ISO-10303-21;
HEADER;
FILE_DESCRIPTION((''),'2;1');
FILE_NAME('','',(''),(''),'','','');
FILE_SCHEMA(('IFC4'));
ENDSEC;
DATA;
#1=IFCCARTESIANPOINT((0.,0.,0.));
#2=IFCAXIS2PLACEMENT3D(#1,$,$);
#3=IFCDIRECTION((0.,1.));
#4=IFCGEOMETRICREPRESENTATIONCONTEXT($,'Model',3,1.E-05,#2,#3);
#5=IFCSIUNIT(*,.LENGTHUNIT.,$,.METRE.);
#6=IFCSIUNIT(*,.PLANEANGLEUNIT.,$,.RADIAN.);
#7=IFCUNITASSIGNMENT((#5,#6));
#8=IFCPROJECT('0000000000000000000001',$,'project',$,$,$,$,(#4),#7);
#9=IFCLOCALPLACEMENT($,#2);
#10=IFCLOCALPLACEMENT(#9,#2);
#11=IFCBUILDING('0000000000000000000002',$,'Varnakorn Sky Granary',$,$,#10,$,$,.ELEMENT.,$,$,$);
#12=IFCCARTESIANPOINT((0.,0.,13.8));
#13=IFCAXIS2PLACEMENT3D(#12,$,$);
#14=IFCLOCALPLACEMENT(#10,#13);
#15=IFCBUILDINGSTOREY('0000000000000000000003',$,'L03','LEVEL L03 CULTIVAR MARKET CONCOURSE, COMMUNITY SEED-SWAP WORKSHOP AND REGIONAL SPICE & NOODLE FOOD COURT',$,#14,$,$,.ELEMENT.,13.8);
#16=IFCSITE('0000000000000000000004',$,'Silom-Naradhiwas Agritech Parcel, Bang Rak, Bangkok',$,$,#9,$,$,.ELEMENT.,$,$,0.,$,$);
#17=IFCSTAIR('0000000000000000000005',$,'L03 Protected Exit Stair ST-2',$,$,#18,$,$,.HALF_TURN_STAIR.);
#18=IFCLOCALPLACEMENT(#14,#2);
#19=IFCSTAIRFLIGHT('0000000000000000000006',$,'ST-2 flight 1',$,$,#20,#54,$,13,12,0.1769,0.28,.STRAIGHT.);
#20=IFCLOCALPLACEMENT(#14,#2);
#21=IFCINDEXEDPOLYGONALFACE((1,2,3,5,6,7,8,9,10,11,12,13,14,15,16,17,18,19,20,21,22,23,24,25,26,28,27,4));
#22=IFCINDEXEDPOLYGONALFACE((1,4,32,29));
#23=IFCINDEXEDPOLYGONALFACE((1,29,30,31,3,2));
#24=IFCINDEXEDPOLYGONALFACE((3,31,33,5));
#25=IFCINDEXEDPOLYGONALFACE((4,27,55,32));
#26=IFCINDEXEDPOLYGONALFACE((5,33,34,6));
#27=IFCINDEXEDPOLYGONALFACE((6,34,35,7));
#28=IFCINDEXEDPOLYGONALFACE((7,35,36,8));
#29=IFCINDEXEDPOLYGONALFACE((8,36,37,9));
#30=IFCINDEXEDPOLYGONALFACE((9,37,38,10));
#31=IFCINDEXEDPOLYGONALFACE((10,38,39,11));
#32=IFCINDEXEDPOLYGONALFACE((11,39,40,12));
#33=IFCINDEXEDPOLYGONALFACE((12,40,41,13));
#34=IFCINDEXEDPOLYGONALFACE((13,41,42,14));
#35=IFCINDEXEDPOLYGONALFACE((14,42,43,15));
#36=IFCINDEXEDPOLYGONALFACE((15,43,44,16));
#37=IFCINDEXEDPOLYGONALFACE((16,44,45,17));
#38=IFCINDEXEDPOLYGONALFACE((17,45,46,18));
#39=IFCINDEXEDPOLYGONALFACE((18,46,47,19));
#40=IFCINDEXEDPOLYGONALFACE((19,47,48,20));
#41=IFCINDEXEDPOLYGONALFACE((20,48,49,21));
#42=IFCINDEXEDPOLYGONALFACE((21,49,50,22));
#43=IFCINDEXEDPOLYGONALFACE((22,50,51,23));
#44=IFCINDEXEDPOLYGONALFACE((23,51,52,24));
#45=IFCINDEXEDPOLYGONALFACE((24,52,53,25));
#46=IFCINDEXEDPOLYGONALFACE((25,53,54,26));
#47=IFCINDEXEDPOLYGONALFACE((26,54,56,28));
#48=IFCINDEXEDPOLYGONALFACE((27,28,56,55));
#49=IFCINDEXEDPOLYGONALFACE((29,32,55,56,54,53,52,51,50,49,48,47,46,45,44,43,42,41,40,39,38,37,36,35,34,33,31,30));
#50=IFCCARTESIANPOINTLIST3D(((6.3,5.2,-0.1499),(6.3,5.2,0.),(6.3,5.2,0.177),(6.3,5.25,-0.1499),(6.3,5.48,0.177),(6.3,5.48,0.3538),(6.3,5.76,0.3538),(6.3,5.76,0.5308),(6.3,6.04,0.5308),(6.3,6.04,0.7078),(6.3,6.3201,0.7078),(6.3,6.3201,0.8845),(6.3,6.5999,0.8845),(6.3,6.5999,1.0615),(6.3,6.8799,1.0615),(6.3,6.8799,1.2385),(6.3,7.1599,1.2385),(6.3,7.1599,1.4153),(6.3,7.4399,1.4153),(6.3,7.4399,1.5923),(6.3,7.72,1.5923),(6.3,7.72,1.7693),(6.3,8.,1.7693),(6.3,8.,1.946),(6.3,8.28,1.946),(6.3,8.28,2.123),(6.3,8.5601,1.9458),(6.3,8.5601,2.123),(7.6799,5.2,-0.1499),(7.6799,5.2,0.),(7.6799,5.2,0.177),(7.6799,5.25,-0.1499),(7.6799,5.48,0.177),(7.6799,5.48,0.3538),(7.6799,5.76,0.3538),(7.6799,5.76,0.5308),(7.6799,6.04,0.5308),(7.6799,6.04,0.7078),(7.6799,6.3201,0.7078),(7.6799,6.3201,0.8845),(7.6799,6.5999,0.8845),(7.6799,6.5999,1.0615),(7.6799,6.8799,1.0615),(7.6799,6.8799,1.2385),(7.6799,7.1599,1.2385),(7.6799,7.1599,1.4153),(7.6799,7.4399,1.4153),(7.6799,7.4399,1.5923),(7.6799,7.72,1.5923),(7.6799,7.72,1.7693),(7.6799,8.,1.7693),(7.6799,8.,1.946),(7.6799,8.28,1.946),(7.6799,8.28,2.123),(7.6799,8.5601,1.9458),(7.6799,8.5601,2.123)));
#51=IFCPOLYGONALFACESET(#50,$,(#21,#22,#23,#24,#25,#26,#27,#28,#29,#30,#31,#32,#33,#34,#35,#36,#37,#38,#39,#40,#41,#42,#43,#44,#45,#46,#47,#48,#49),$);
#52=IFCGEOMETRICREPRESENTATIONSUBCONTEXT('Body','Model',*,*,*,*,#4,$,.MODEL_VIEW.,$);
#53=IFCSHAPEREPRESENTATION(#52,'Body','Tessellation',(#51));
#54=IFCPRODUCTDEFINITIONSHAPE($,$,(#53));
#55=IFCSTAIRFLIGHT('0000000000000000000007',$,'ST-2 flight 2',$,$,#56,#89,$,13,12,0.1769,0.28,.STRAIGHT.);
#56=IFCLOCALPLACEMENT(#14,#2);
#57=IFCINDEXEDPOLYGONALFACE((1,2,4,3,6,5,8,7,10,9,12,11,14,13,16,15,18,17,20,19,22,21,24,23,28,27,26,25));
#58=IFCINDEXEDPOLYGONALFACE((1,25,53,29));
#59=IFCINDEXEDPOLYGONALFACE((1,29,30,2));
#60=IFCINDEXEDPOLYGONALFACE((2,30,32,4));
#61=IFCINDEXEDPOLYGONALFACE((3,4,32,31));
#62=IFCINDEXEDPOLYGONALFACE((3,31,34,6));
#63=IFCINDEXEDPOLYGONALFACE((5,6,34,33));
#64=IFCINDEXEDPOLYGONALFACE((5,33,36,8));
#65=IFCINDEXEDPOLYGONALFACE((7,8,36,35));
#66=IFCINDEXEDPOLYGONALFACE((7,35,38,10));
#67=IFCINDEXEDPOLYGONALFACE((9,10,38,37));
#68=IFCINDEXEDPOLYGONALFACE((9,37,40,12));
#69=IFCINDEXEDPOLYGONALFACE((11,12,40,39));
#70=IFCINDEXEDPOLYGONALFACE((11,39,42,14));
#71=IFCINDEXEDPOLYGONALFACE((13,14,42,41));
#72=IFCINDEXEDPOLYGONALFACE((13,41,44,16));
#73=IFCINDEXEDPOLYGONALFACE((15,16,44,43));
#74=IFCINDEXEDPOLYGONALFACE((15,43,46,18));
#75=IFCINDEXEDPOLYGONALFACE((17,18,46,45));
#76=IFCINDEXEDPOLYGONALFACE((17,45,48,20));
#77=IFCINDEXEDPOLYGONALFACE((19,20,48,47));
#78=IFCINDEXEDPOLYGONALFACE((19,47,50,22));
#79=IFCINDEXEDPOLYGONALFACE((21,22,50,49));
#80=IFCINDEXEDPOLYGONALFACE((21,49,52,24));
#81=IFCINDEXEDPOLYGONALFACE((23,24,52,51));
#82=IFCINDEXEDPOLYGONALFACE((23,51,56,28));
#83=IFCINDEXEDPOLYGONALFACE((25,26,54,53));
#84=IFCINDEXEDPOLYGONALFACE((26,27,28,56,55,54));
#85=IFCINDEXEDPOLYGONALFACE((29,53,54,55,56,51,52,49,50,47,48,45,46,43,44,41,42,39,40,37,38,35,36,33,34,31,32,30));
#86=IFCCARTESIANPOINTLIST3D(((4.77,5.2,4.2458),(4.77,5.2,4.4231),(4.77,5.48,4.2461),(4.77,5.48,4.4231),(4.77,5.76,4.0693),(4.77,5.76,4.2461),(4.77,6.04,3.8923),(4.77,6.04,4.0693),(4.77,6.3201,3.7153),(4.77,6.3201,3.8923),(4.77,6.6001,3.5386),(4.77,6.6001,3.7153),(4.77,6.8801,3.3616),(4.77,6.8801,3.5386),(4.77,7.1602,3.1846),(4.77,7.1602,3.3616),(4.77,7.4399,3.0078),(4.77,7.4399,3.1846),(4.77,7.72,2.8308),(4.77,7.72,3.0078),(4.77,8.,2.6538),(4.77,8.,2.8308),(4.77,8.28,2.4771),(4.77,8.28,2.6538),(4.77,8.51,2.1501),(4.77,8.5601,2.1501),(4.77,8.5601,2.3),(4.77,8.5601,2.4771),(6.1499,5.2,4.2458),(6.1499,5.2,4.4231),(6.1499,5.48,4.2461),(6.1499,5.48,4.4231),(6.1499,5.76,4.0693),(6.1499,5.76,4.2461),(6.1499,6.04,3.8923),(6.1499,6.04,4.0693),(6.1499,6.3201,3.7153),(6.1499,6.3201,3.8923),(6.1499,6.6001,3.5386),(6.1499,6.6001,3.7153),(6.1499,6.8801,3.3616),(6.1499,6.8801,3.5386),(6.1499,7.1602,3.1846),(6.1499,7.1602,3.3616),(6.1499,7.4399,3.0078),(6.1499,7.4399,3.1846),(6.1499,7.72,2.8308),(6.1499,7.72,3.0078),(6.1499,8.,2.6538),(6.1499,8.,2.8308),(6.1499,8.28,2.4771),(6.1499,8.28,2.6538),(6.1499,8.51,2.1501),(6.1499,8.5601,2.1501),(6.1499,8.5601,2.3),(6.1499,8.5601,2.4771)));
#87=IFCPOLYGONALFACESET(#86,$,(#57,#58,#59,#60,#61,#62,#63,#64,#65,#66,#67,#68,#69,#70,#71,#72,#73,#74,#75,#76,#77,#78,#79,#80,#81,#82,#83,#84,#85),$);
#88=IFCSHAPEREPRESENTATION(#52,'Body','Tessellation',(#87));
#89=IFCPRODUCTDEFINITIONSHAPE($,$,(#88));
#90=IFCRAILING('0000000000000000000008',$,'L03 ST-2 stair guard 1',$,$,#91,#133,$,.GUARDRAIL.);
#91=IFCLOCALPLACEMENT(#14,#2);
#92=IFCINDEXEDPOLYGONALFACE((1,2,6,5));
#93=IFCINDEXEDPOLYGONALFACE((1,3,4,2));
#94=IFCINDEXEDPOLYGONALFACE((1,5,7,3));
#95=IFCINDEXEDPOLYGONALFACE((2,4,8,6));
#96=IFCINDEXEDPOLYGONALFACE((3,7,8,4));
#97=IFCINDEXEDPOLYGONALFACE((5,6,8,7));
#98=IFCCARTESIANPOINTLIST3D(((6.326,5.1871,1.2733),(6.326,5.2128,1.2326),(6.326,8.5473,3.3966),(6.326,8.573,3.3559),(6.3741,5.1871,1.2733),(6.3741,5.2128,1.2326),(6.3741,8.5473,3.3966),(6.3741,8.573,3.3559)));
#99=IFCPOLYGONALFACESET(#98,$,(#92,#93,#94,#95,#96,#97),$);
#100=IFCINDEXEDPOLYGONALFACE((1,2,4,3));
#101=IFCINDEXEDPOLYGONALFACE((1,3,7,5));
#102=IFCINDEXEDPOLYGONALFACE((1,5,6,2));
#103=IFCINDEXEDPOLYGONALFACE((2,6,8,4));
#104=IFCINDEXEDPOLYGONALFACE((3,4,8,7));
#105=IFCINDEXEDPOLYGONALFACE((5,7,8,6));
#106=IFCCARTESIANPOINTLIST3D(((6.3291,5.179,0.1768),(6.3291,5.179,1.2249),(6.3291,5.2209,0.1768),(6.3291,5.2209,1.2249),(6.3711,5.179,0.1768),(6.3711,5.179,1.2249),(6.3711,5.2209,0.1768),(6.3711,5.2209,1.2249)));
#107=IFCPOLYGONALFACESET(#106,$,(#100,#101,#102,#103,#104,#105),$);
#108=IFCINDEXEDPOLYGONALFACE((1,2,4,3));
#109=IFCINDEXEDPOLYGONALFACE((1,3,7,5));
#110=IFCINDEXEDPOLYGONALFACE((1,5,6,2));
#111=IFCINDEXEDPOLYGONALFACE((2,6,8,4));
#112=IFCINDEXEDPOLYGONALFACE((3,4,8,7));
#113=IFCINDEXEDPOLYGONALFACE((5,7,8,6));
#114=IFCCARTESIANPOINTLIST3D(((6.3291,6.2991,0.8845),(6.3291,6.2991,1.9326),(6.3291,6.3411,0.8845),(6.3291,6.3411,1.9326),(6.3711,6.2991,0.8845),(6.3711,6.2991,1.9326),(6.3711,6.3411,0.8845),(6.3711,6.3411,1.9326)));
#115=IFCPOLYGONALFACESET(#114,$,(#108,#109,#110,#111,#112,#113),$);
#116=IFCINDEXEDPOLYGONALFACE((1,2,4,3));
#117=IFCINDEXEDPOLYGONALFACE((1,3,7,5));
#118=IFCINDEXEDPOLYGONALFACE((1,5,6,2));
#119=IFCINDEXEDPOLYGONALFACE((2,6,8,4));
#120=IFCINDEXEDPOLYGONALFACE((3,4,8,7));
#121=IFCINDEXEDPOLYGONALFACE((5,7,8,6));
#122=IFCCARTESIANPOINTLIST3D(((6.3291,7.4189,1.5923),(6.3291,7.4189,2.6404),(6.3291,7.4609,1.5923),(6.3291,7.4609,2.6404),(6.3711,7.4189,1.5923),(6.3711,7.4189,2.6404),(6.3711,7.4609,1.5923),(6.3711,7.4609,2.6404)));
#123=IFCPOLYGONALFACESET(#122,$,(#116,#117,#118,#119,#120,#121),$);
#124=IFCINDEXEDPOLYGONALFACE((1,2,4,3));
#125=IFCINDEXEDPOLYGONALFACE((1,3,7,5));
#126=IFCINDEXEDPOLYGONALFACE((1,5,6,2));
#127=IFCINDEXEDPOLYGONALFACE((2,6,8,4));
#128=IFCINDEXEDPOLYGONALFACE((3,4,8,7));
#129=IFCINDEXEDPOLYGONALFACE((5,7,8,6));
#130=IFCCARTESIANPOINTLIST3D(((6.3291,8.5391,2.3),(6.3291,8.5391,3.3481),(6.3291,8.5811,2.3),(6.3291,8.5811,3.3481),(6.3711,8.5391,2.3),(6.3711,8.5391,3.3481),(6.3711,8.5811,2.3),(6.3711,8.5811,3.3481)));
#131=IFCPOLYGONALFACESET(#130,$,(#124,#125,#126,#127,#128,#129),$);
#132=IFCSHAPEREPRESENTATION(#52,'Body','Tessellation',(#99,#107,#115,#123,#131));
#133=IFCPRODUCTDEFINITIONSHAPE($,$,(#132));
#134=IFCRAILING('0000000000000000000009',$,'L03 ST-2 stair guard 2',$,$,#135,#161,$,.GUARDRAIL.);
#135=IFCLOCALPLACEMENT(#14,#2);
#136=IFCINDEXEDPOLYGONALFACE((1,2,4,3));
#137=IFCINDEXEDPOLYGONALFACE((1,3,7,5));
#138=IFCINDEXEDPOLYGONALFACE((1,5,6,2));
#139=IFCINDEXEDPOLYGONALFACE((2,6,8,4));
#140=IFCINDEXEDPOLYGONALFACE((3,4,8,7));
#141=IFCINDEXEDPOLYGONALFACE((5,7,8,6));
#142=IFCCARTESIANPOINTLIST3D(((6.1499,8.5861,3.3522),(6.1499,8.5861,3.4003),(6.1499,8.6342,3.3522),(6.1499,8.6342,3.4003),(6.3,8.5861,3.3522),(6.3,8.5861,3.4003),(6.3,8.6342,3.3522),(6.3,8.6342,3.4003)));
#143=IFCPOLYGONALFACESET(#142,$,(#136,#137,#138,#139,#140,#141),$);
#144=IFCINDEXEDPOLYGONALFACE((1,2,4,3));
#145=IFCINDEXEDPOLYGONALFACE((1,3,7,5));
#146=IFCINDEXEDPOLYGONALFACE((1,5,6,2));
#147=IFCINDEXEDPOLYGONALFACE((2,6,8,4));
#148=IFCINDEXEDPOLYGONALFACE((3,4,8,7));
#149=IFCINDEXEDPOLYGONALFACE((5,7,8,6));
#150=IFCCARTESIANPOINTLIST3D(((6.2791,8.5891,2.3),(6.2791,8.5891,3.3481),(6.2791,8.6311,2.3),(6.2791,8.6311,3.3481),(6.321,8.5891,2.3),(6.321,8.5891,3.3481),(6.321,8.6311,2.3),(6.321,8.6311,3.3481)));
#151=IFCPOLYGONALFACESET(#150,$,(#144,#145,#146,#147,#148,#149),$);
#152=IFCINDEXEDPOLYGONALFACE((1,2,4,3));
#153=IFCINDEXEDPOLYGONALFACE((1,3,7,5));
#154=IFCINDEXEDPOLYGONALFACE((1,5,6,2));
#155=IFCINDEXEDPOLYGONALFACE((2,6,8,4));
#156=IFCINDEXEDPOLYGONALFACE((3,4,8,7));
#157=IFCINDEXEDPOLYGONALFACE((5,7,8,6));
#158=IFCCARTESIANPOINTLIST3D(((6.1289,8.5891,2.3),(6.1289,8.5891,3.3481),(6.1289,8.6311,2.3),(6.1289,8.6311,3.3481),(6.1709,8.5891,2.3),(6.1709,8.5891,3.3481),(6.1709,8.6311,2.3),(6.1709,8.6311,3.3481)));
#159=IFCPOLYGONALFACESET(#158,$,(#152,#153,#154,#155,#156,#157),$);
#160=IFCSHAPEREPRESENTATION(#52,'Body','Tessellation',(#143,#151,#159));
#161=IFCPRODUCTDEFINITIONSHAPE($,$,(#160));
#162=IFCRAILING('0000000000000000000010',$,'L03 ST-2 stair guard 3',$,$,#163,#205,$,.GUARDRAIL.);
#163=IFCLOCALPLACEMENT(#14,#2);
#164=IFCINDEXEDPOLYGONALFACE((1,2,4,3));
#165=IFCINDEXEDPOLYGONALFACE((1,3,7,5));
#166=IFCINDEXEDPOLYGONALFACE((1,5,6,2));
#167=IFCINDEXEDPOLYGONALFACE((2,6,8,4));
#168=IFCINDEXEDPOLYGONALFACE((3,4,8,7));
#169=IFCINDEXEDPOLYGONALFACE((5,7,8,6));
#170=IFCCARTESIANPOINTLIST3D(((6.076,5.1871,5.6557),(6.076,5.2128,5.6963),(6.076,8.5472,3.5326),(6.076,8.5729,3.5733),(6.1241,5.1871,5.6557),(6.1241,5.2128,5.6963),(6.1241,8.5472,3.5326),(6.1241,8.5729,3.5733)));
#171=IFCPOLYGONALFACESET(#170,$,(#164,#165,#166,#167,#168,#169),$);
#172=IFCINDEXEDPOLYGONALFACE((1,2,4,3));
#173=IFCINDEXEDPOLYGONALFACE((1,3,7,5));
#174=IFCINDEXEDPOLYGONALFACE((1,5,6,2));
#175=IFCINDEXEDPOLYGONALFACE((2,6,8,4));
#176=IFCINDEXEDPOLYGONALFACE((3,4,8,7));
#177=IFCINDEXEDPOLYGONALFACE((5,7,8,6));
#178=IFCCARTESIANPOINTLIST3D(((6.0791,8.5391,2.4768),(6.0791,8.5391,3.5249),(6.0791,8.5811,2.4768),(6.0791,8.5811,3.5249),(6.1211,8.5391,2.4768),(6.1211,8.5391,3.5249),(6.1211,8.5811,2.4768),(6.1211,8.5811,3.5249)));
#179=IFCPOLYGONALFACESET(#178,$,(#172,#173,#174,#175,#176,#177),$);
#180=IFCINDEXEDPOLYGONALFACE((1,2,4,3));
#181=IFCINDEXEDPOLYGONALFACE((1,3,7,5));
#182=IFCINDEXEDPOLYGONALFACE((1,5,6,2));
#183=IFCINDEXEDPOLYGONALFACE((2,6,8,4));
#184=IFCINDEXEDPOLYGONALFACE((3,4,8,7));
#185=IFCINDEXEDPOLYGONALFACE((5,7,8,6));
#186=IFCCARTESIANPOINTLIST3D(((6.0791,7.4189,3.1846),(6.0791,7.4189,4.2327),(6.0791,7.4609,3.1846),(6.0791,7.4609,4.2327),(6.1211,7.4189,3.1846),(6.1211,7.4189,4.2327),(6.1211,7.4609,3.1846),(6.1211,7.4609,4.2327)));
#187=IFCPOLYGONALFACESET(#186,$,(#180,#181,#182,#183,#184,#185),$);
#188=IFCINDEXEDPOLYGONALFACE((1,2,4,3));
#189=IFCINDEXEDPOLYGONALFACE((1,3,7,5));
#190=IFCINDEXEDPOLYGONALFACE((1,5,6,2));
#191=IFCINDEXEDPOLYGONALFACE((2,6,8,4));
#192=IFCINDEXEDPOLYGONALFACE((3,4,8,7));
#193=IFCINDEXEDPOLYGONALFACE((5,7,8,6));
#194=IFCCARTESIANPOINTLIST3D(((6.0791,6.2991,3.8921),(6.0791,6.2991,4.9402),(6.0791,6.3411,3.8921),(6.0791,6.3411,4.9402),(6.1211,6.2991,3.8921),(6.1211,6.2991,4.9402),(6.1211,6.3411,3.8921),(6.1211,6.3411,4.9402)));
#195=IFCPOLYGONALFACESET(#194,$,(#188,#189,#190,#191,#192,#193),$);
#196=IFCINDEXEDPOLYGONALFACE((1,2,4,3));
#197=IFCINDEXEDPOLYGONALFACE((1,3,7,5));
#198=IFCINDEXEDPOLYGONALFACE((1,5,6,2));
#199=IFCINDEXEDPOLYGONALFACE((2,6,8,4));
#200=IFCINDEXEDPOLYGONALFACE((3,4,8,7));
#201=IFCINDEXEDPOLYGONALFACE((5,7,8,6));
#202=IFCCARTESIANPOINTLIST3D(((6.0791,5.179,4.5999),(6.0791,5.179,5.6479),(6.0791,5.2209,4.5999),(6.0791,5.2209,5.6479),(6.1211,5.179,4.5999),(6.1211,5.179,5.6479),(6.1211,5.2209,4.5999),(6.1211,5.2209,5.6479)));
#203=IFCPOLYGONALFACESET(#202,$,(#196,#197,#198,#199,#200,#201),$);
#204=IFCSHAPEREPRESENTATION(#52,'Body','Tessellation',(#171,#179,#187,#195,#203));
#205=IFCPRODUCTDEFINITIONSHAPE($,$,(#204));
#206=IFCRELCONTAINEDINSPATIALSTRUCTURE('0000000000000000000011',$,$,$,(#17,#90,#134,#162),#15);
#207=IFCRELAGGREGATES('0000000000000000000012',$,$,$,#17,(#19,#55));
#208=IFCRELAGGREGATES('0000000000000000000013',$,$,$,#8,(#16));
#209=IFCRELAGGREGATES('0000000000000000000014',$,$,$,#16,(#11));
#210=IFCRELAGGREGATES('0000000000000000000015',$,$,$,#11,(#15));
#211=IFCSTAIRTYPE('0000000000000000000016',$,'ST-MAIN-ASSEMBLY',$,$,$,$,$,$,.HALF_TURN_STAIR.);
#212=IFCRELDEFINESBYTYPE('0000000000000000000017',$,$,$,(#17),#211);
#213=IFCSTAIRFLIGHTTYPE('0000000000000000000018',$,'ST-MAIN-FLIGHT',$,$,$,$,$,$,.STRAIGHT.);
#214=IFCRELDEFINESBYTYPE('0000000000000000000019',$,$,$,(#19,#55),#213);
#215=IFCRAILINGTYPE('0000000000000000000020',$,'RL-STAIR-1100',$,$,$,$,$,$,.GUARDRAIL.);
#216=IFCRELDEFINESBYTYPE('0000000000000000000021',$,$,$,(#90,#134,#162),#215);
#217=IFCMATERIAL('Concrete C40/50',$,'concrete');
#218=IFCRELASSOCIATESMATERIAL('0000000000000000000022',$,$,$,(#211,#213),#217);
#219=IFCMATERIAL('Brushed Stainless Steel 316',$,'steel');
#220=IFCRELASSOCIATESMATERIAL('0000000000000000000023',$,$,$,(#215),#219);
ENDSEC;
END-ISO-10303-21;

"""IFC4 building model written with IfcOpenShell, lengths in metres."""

from ifc_helpers import new_model, si_unit, direction, frame, origin, origin_2d, place, context, subcontext, project, spatial, polyline, rectangle, outline, extrude, material, type_object, element, aggregate, save


model = new_model("IFC4")

# Units and contexts
model_context = context("Model", 3, precision=1e-05, world=origin(), true_north=direction((0.0, 1.0)))
body_context = subcontext(model_context, "Body", "Model", "MODEL_VIEW")
ifc_project = project(units=[si_unit("LENGTHUNIT", "METRE"), si_unit("PLANEANGLEUNIT", "RADIAN")], contexts=[model_context])

# Site, building, storey
site_placement = place(None, origin())
site = spatial("IfcSite", under=ifc_project, at=site_placement, Name="Silom-Naradhiwas Agritech Parcel, Bang Rak, Bangkok", CompositionType="ELEMENT", RefElevation=0.0)
building_placement = place(site_placement, origin())
building = spatial("IfcBuilding", under=site, at=building_placement, Name="Varnakorn Sky Granary", CompositionType="ELEMENT")
storey_placement = place(building_placement, frame((0.0, 0.0, 13.8)))
storey = spatial("IfcBuildingStorey", under=building, at=storey_placement, Name="L03", Description="LEVEL L03 CULTIVAR MARKET CONCOURSE, COMMUNITY SEED-SWAP WORKSHOP AND REGIONAL SPICE & NOODLE FOOD COURT", CompositionType="ELEMENT", Elevation=13.8)

# Shared definitions
ifc_material_1 = material(Name="Concrete C40/50", Category="concrete")
stair_type = type_object("IfcStairType", Name="ST-MAIN-ASSEMBLY", PredefinedType="HALF_TURN_STAIR", material=ifc_material_1)
stair_flight_type = type_object("IfcStairFlightType", Name="ST-MAIN-FLIGHT", PredefinedType="STRAIGHT", material=ifc_material_1)

# Stair, stair flights
stair_1_placement = place(storey_placement, origin())
stair_1 = element("IfcStair", 1, at=stair_1_placement, inside=storey, type_object=stair_type, Name="L03 Protected Exit Stair ST-2", PredefinedType="HALF_TURN_STAIR")
stair_flight_1_placement = place(storey_placement, frame((6.99, 5.2, 0.0), z_axis=(0.0, 0.0, 1.0), x_axis=(0.0, 1.0, 0.0)))
stair_flight_1 = element("IfcStairFlight", 2, at=stair_flight_1_placement, type_object=stair_flight_type, Name="ST-2 flight 1", NumberOfRisers=13, NumberOfTreads=12, PredefinedType="STRAIGHT", RiserHeight=0.1769, TreadLength=0.28, context=body_context, shape_type="SweptSolid", body=[
    extrude(outline(polyline([(0.0, -0.1499), (0.0, 0.0), (0.0, 0.177), (0.28, 0.177), (0.28, 0.3538), (0.5601, 0.3538), (0.5601, 0.5308), (0.8401, 0.5308), (0.8401, 0.7078), (1.1201, 0.7078), (1.1201, 0.8845), (1.3999, 0.8845), (1.3999, 1.0615), (1.6799, 1.0615), (1.6799, 1.2385), (1.96, 1.2385), (1.96, 1.4153), (2.24, 1.4153), (2.24, 1.5923), (2.52, 1.5923), (2.52, 1.7693), (2.8, 1.7693), (2.8, 1.946), (3.0801, 1.946), (3.0801, 2.123), (3.3601, 2.123), (3.3601, 2.3), (3.3601, 1.9458), (0.05, -0.1499), (0.0, -0.1499)])), frame((0.0, 0.6899, 0.0), z_axis=(0.0, -1.0, 0.0), x_axis=(1.0, 0.0, 0.0)), (0.0, 0.0, 1.0), 1.3799),
])
stair_flight_2_placement = place(storey_placement, frame((5.46, 8.5601, 2.3), z_axis=(0.0, 0.0, 1.0), x_axis=(0.0, -1.0, 0.0)))
stair_flight_2 = element("IfcStairFlight", 3, at=stair_flight_2_placement, type_object=stair_flight_type, Name="ST-2 flight 2", NumberOfRisers=13, NumberOfTreads=12, PredefinedType="STRAIGHT", RiserHeight=0.1769, TreadLength=0.28, context=body_context, shape_type="SweptSolid", body=[
    extrude(outline(polyline([(0.0, -0.1499), (0.0, 0.0), (0.0, 0.177), (0.28, 0.177), (0.28, 0.3538), (0.5601, 0.3538), (0.5601, 0.5308), (0.8401, 0.5308), (0.8401, 0.7078), (1.1201, 0.7078), (1.1201, 0.8845), (1.3999, 0.8845), (1.3999, 1.0615), (1.6799, 1.0615), (1.6799, 1.2385), (1.96, 1.2385), (1.96, 1.4153), (2.24, 1.4153), (2.24, 1.5923), (2.52, 1.5923), (2.52, 1.7693), (2.8, 1.7693), (2.8, 1.946), (3.0801, 1.946), (3.0801, 2.123), (3.3601, 2.123), (3.3601, 2.3), (3.3601, 1.9458), (0.05, -0.1499), (0.0, -0.1499)])), frame((0.0, 0.6899, 0.0), z_axis=(0.0, -1.0, 0.0), x_axis=(1.0, 0.0, 0.0)), (0.0, 0.0, 1.0), 1.3799),
])
aggregate(stair_1, [stair_flight_1, stair_flight_2])

# Railings
ifc_material_2 = material(Name="Brushed Stainless Steel 316", Category="steel")
railing_type_1 = type_object("IfcRailingType", Name="RL-STAIR-1100", PredefinedType="GUARDRAIL", material=ifc_material_2)
railing_1_placement = place(storey_placement, frame((6.3501, 5.2, 0.1768)))
element("IfcRailing", 4, at=railing_1_placement, inside=storey, type_object=railing_type_1, Name="L03 ST-2 stair guard 1", PredefinedType="GUARDRAIL", context=body_context, shape_type="SweptSolid", body=[
    extrude(rectangle(XDim=0.0481, YDim=0.0481, at=origin_2d()), frame((0.0, 0.0, 1.0762), z_axis=(0.0, 0.845362, 0.534194), x_axis=(-1.0, 0.0, 0.0)), (0.0, 0.0, 1.0), 3.9749),
    extrude(rectangle(XDim=0.042, YDim=0.042, at=origin_2d()), origin(), (0.0, 0.0, 1.0), 1.0481),
    extrude(rectangle(XDim=0.042, YDim=0.042, at=origin_2d()), frame((0.0, 1.1201, 0.7078)), (0.0, 0.0, 1.0), 1.0481),
    extrude(rectangle(XDim=0.042, YDim=0.042, at=origin_2d()), frame((0.0, 2.24, 1.4155)), (0.0, 0.0, 1.0), 1.0481),
    extrude(rectangle(XDim=0.042, YDim=0.042, at=origin_2d()), frame((0.0, 3.3601, 2.1233)), (0.0, 0.0, 1.0), 1.0481),
])
railing_2_placement = place(storey_placement, frame((6.3, 8.6101, 2.3)))
element("IfcRailing", 5, at=railing_2_placement, inside=storey, type_object=railing_type_1, Name="L03 ST-2 stair guard 2", PredefinedType="GUARDRAIL", context=body_context, shape_type="SweptSolid", body=[
    extrude(rectangle(XDim=0.0481, YDim=0.0481, at=origin_2d()), frame((0.0, 0.0, 1.0762), z_axis=(-1.0, 0.0, 0.0), x_axis=(0.0, -1.0, 0.0)), (0.0, 0.0, 1.0), 0.1501),
    extrude(rectangle(XDim=0.042, YDim=0.042, at=origin_2d()), origin(), (0.0, 0.0, 1.0), 1.0481),
    extrude(rectangle(XDim=0.042, YDim=0.042, at=origin_2d()), frame((-0.1501, 0.0, 0.0)), (0.0, 0.0, 1.0), 1.0481),
])
railing_3_placement = place(storey_placement, frame((6.1001, 8.5601, 2.4768)))
element("IfcRailing", 6, at=railing_3_placement, inside=storey, type_object=railing_type_1, Name="L03 ST-2 stair guard 3", PredefinedType="GUARDRAIL", context=body_context, shape_type="SweptSolid", body=[
    extrude(rectangle(XDim=0.0481, YDim=0.0481, at=origin_2d()), frame((0.0, 0.0, 1.0762), z_axis=(0.0, -0.84539, 0.53415), x_axis=(1.0, 0.0, 0.0)), (0.0, 0.0, 1.0), 3.9746),
    extrude(rectangle(XDim=0.042, YDim=0.042, at=origin_2d()), origin(), (0.0, 0.0, 1.0), 1.0481),
    extrude(rectangle(XDim=0.042, YDim=0.042, at=origin_2d()), frame((0.0, -1.1201, 0.7078)), (0.0, 0.0, 1.0), 1.0481),
    extrude(rectangle(XDim=0.042, YDim=0.042, at=origin_2d()), frame((0.0, -2.24, 1.4153)), (0.0, 0.0, 1.0), 1.0481),
    extrude(rectangle(XDim=0.042, YDim=0.042, at=origin_2d()), frame((0.0, -3.3601, 2.123)), (0.0, 0.0, 1.0), 1.0481),
])

save(model, "model.ifc")
